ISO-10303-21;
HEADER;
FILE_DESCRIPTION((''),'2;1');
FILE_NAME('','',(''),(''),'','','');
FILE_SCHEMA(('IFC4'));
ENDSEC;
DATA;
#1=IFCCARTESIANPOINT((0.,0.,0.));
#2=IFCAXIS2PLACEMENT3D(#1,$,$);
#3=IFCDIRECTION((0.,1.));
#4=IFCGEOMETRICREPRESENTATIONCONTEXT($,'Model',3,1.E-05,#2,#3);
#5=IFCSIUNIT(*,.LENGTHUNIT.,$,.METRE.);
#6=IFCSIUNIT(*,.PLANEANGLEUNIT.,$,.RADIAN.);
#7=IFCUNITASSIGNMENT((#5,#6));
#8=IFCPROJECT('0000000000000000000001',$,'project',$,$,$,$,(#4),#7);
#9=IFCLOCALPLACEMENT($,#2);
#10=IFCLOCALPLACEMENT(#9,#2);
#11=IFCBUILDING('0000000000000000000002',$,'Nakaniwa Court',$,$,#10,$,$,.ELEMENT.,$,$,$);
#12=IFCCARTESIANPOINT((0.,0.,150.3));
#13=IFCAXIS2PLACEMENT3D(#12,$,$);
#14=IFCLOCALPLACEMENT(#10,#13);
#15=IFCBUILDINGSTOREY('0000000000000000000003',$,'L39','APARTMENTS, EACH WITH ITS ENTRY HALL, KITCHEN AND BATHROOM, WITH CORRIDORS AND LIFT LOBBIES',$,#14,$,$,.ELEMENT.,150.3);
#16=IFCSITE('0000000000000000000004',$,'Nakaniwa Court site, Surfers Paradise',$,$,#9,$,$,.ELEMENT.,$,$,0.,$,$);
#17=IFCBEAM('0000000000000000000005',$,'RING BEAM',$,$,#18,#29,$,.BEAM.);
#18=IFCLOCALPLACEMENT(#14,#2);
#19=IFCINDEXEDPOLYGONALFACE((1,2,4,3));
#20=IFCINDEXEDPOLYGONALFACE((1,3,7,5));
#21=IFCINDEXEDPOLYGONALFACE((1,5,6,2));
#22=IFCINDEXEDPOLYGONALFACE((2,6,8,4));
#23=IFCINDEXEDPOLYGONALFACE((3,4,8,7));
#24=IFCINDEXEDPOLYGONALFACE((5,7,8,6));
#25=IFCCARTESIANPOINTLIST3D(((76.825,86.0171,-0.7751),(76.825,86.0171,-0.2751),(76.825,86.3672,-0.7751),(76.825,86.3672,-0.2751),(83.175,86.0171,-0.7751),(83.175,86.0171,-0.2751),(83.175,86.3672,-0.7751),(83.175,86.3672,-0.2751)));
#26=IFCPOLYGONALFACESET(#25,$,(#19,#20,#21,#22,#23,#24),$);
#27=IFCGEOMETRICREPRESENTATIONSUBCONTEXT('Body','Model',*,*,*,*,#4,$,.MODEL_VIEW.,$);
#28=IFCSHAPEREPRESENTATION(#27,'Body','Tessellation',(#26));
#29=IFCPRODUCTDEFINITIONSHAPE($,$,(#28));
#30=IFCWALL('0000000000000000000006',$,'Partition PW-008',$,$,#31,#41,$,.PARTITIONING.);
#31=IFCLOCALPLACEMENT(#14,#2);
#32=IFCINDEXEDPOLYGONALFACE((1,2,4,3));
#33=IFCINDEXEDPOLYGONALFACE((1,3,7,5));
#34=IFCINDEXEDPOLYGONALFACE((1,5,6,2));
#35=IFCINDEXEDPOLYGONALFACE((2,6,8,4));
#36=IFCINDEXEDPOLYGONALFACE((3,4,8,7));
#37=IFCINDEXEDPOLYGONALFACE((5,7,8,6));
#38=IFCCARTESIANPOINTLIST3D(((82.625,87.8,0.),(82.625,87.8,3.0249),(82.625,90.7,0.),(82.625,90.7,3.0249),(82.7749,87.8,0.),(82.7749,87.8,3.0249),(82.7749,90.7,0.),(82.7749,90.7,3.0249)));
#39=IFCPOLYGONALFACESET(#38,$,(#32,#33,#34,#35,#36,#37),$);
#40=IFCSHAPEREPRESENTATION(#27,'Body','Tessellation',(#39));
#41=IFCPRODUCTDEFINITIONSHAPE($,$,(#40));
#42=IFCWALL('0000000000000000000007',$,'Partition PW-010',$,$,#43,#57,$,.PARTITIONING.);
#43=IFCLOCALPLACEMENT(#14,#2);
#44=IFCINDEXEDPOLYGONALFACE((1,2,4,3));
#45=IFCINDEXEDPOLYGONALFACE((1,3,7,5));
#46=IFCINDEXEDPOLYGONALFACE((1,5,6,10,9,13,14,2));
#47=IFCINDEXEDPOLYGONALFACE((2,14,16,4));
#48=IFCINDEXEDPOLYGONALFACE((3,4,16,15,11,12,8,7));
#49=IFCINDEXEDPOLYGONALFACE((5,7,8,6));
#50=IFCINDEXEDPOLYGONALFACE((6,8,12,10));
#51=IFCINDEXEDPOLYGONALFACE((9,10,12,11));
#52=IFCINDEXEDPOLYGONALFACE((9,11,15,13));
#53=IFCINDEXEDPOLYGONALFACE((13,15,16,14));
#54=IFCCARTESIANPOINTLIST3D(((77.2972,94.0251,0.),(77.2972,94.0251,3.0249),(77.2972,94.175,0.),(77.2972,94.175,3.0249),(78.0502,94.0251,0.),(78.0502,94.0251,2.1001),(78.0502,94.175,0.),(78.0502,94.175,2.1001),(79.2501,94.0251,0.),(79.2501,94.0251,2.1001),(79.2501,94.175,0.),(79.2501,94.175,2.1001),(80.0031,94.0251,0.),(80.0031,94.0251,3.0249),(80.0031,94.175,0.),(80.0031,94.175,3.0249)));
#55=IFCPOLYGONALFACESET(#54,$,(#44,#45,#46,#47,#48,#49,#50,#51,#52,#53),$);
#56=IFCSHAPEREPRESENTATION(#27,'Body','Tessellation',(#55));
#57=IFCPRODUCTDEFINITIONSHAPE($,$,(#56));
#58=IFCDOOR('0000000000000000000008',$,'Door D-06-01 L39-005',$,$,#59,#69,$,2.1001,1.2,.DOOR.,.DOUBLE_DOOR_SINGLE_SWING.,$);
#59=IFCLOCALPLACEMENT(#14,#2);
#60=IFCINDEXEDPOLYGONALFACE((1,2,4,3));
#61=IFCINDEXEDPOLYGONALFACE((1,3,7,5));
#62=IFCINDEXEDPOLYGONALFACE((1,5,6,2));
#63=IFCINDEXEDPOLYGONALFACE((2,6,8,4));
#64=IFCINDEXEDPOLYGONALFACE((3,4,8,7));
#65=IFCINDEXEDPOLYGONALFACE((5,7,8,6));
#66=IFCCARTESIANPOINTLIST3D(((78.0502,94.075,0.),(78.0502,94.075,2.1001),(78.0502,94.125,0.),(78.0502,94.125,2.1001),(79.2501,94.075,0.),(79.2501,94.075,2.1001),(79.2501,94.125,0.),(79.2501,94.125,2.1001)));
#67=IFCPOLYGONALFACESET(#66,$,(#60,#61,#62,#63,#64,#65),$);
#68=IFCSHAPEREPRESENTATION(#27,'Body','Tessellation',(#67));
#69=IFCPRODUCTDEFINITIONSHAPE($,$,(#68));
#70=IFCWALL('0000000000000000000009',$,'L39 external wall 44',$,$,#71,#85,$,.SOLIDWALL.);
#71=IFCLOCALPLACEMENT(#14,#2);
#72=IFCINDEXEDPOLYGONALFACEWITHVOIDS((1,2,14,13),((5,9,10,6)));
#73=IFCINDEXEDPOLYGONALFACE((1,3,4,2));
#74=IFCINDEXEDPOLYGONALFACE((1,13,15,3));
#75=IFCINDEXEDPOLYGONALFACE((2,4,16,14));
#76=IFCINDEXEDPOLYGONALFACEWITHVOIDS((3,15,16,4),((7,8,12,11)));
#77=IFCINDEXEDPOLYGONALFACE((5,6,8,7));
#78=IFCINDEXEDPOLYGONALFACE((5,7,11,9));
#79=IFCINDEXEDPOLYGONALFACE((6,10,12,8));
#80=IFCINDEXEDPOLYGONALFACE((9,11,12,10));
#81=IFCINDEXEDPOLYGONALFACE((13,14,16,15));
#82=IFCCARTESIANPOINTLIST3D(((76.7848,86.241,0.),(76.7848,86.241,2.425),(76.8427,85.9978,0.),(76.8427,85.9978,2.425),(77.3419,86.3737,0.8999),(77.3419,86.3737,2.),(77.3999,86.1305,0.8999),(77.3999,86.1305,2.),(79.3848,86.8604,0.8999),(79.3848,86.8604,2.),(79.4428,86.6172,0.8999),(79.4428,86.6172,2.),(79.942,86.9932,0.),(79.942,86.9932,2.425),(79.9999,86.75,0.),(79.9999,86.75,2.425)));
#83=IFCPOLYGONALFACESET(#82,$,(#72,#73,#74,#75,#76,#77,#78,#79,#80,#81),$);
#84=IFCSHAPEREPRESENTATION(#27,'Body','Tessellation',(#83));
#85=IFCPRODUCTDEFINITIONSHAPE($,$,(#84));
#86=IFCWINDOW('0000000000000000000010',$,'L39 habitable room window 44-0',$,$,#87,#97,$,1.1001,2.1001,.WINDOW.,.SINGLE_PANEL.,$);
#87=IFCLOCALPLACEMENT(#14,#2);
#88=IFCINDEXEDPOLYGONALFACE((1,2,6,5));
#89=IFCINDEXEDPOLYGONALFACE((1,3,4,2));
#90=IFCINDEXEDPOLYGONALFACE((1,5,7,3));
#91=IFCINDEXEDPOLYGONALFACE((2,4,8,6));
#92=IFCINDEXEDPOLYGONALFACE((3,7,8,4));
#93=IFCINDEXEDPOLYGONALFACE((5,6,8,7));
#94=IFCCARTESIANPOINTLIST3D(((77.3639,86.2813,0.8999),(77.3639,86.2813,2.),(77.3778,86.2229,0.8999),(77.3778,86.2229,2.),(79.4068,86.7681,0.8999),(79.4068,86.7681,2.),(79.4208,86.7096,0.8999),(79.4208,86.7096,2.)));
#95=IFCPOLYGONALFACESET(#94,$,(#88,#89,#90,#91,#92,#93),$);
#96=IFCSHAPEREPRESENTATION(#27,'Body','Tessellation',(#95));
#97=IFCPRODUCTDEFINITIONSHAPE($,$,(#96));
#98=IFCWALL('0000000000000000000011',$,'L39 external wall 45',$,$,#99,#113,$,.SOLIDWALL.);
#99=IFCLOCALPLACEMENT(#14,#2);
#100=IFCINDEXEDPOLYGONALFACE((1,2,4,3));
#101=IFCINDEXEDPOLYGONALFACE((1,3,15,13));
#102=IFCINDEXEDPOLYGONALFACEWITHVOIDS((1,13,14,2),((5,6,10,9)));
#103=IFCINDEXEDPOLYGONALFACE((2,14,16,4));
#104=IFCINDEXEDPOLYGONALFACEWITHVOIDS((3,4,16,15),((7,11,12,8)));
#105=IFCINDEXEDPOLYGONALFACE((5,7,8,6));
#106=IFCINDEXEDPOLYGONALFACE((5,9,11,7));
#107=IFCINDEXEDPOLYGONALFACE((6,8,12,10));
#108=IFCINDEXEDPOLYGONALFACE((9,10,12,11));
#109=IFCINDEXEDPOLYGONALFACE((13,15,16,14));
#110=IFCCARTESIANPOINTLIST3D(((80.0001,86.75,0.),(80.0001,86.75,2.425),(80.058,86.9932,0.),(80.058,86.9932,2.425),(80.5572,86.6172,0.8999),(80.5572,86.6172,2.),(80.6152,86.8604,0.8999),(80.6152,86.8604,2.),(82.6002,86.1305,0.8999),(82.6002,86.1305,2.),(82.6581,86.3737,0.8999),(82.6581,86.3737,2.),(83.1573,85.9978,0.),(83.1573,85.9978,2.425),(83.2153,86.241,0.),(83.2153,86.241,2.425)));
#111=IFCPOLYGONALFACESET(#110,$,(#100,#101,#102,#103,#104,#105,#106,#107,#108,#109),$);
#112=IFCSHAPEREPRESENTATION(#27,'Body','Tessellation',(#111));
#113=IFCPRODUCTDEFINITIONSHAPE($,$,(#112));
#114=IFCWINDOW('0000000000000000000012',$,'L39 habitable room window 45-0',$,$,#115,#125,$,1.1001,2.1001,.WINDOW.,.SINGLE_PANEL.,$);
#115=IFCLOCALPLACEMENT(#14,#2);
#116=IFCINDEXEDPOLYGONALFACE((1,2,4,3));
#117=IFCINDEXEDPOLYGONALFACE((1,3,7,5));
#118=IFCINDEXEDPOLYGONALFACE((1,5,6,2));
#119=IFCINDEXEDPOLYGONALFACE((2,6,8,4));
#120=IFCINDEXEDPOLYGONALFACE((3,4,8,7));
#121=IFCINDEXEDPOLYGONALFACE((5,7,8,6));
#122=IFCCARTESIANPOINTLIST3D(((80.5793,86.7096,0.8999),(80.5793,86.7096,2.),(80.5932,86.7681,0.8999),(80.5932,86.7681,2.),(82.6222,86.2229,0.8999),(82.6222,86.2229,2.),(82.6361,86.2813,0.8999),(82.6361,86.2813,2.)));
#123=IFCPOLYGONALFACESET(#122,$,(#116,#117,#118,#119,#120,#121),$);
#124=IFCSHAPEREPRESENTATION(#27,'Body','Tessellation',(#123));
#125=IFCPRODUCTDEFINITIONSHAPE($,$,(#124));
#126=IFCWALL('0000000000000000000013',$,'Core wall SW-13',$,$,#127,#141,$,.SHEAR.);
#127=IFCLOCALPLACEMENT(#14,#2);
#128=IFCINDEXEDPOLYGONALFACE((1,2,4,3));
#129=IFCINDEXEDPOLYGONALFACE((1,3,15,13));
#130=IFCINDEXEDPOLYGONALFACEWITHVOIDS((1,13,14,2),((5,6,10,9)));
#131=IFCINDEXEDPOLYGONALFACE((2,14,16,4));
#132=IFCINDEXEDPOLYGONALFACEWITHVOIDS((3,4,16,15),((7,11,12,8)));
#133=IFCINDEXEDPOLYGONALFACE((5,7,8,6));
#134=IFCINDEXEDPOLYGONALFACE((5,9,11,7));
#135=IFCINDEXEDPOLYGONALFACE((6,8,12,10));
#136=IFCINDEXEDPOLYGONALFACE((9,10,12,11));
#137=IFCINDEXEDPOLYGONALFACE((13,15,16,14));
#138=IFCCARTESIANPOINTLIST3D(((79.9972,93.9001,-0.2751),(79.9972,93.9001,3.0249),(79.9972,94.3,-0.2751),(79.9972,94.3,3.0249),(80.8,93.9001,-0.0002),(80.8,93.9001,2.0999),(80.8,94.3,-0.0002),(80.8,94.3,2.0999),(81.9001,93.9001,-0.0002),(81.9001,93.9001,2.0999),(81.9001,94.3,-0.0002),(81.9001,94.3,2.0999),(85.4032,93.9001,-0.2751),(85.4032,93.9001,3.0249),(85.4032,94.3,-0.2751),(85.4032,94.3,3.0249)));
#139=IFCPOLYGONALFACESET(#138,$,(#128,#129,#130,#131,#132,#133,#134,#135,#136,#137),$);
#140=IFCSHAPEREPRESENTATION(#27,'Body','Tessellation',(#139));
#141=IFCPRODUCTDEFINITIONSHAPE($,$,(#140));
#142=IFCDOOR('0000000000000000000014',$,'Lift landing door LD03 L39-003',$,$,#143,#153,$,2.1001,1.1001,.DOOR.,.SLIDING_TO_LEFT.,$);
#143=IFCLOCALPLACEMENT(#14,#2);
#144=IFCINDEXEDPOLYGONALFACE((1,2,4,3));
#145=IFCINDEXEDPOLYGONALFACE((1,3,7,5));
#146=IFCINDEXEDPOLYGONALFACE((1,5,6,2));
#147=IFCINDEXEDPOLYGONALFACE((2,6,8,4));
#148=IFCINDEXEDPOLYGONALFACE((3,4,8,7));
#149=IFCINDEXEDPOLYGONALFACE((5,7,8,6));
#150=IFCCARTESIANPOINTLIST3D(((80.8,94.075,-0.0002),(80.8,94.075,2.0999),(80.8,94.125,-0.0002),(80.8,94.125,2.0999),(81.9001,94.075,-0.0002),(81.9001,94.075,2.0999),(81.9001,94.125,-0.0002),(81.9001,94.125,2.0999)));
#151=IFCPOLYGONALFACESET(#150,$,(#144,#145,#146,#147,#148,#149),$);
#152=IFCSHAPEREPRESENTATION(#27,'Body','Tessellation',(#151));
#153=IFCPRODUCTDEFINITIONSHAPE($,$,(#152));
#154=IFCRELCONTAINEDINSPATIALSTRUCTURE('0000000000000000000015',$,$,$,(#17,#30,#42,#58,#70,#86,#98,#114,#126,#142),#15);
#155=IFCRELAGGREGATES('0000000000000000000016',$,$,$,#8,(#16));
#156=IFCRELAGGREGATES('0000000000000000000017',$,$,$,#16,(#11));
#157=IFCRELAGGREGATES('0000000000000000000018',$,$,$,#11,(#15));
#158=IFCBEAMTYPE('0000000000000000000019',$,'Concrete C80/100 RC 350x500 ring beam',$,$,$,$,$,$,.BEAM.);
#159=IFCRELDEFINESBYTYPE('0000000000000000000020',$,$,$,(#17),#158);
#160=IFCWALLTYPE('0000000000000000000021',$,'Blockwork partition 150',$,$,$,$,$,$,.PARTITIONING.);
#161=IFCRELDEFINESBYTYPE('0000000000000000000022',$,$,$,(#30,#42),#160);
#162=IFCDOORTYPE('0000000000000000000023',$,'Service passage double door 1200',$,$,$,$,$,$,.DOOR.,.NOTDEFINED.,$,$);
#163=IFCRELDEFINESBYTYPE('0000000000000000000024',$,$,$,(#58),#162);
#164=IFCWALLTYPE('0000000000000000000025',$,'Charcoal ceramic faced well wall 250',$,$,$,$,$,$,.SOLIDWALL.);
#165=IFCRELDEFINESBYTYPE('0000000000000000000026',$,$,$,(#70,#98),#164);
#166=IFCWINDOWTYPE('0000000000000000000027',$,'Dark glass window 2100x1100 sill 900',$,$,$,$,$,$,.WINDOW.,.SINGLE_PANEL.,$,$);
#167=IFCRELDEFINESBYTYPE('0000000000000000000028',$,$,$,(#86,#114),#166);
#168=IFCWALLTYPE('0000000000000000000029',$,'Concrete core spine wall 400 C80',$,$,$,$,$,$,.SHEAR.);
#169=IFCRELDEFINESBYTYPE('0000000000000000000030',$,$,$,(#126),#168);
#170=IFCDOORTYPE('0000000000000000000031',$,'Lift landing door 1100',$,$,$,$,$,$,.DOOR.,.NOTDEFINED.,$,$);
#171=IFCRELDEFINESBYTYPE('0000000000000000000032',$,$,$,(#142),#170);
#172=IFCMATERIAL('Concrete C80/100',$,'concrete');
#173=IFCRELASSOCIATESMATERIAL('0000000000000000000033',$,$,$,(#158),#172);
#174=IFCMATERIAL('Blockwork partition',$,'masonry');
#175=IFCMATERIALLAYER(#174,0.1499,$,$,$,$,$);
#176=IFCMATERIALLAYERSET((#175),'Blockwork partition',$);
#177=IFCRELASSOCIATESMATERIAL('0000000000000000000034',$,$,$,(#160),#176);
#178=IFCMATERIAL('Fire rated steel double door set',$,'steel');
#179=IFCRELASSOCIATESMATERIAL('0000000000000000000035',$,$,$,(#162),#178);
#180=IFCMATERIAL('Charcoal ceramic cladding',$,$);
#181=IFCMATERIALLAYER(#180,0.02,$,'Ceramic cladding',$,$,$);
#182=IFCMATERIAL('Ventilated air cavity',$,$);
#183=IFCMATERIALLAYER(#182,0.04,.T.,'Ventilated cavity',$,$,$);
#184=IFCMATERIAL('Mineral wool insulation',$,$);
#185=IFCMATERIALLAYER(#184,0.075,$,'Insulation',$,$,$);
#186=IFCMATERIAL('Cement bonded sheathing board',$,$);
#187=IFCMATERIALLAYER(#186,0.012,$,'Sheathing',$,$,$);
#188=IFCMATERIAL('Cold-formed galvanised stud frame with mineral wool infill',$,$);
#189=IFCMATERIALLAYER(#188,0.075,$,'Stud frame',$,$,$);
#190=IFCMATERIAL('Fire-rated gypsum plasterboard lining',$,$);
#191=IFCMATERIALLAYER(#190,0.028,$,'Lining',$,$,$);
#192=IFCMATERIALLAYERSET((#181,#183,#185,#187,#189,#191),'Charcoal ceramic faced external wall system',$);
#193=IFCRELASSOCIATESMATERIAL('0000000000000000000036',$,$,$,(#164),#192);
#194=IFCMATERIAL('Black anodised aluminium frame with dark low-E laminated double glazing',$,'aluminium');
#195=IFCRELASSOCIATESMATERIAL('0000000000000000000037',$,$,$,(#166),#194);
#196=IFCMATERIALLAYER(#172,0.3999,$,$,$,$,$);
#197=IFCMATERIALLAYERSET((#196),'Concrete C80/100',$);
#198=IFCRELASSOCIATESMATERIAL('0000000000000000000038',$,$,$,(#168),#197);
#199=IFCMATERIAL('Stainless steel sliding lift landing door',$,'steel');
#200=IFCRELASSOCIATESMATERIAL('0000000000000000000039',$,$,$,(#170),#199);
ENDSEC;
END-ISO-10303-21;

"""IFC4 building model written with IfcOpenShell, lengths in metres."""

from ifc_helpers import new_model, si_unit, direction, frame, frame_2d, origin, origin_2d, place, context, subcontext, project, spatial, rectangle, extrude, material, layer, layer_set, material_profile, profile_set, type_object, element, fill, save


model = new_model("IFC4")

# Units and contexts
model_context = context("Model", 3, precision=1e-05, world=origin(), true_north=direction((0.0, 1.0)))
body_context = subcontext(model_context, "Body", "Model", "MODEL_VIEW")
ifc_project = project(units=[si_unit("LENGTHUNIT", "METRE"), si_unit("PLANEANGLEUNIT", "RADIAN")], contexts=[model_context])

# Site, building, storey
site_placement = place(None, origin())
site = spatial("IfcSite", under=ifc_project, at=site_placement, Name="Nakaniwa Court site, Surfers Paradise", CompositionType="ELEMENT", RefElevation=0.0)
building_placement = place(site_placement, origin())
building = spatial("IfcBuilding", under=site, at=building_placement, Name="Nakaniwa Court", CompositionType="ELEMENT")
storey_placement = place(building_placement, frame((0.0, 0.0, 150.3)))
storey = spatial("IfcBuildingStorey", under=building, at=storey_placement, Name="L39", Description="APARTMENTS, EACH WITH ITS ENTRY HALL, KITCHEN AND BATHROOM, WITH CORRIDORS AND LIFT LOBBIES", CompositionType="ELEMENT", Elevation=150.3)

# Shared definitions
ifc_material_1 = material(Name="Concrete C80/100", Category="concrete")

# Beam
ifc_material_profile_1 = material_profile(ifc_material_1, rectangle(XDim=0.3501, YDim=0.5, at=origin_2d()), Name="Concrete C80/100 RC 350x500 ring beam")
ifc_profile_set_1 = profile_set([ifc_material_profile_1], Name="Concrete C80/100")
beam_type = type_object("IfcBeamType", Name="Concrete C80/100 RC 350x500 ring beam", PredefinedType="BEAM", material=ifc_profile_set_1)
beam_placement = place(storey_placement, frame((83.175, 86.1921, -0.5251), z_axis=(-1.0, 0.0, 0.0), x_axis=(0.0, -1.0, 0.0)))
element("IfcBeam", 1, at=beam_placement, inside=storey, type_object=beam_type, Name="RING BEAM", PredefinedType="BEAM", context=body_context, shape_type="SweptSolid", body=[
    extrude(rectangle(XDim=0.3501, YDim=0.5, at=origin_2d()), origin(), (0.0, 0.0, 1.0), 6.3501),
])

# Wall
ifc_material_2 = material(Name="Blockwork partition", Category="masonry")
ifc_layer_1 = layer(ifc_material_2, 0.1499)
ifc_layer_set_1 = layer_set([ifc_layer_1], Name="Blockwork partition")
wall_type_1 = type_object("IfcWallType", Name="Blockwork partition 150", PredefinedType="PARTITIONING", material=ifc_layer_set_1)
wall_1_placement = place(storey_placement, frame((82.7, 87.8, 0.0), z_axis=(0.0, 0.0, 1.0), x_axis=(0.0, 1.0, 0.0)))
element("IfcWall", 2, at=wall_1_placement, inside=storey, type_object=wall_type_1, Name="Partition PW-008", PredefinedType="PARTITIONING", context=body_context, shape_type="SweptSolid", body=[
    extrude(rectangle(XDim=2.8999, YDim=0.1499, at=frame_2d((1.45, 0.0))), origin(), (0.0, 0.0, 1.0), 3.0249),
])

# Wall, opening, door
wall_2_placement = place(storey_placement, frame((77.2971, 94.1001, 0.0), z_axis=(0.0, 0.0, 1.0), x_axis=(1.0, 0.0, 0.0)))
wall_2 = element("IfcWall", 3, at=wall_2_placement, inside=storey, type_object=wall_type_1, Name="Partition PW-010", PredefinedType="PARTITIONING", context=body_context, shape_type="SweptSolid", body=[
    extrude(rectangle(XDim=2.7058, YDim=0.1499, at=frame_2d((1.353, 0.0))), origin(), (0.0, 0.0, 1.0), 3.0249),
])
opening_1_placement = place(wall_2_placement, frame((0.7529, 0.0, 0.0)))
opening_1 = element("IfcOpeningElement", 4, at=opening_1_placement, cuts=wall_2, PredefinedType="OPENING", context=body_context, shape_type="SweptSolid", body=[
    extrude(rectangle(XDim=1.2, YDim=2.1001, at=frame_2d((0.6001, 1.05))), frame((0.0, 0.085, 0.0), z_axis=(0.0, -1.0, 0.0), x_axis=(1.0, 0.0, 0.0)), (0.0, 0.0, 1.0), 0.1699),
])
ifc_material_3 = material(Name="Fire rated steel double door set", Category="steel")
door_type_1 = type_object("IfcDoorType", Name="Service passage double door 1200", OperationType="NOTDEFINED", PredefinedType="DOOR", material=ifc_material_3)
door_1_placement = place(opening_1_placement, origin())
door_1 = element("IfcDoor", 5, at=door_1_placement, inside=storey, type_object=door_type_1, Name="Door D-06-01 L39-005", OperationType="DOUBLE_DOOR_SINGLE_SWING", OverallHeight=2.1001, OverallWidth=1.2, PredefinedType="DOOR", context=body_context, shape_type="SweptSolid", body=[
    extrude(rectangle(XDim=1.2, YDim=2.1001, at=frame_2d((0.6001, 1.05))), frame((0.0, 0.0249, 0.0), z_axis=(0.0, -1.0, 0.0), x_axis=(1.0, 0.0, 0.0)), (0.0, 0.0, 1.0), 0.05),
])
fill(opening_1, door_1)

# Walls, openings, windows
ifc_material_4 = material(Name="Charcoal ceramic cladding")
ifc_layer_2 = layer(ifc_material_4, 0.02, Name="Ceramic cladding")
ifc_material_5 = material(Name="Ventilated air cavity")
ifc_layer_3 = layer(ifc_material_5, 0.04, ventilated=True, Name="Ventilated cavity")
ifc_material_6 = material(Name="Mineral wool insulation")
ifc_layer_4 = layer(ifc_material_6, 0.075, Name="Insulation")
ifc_material_7 = material(Name="Cement bonded sheathing board")
ifc_layer_5 = layer(ifc_material_7, 0.012, Name="Sheathing")
ifc_material_8 = material(Name="Cold-formed galvanised stud frame with mineral wool infill")
ifc_layer_6 = layer(ifc_material_8, 0.075, Name="Stud frame")
ifc_material_9 = material(Name="Fire-rated gypsum plasterboard lining")
ifc_layer_7 = layer(ifc_material_9, 0.028, Name="Lining")
ifc_layer_set_2 = layer_set([ifc_layer_2, ifc_layer_3, ifc_layer_4, ifc_layer_5, ifc_layer_6, ifc_layer_7], Name="Charcoal ceramic faced external wall system")
wall_type_2 = type_object("IfcWallType", Name="Charcoal ceramic faced well wall 250", PredefinedType="SOLIDWALL", material=ifc_layer_set_2)
wall_3_placement = place(storey_placement, frame((76.8137, 86.1194, 0.0), z_axis=(0.0, 0.0, 1.0), x_axis=(0.972773, 0.23176, 0.0)))
wall_3 = element("IfcWall", 6, at=wall_3_placement, inside=storey, type_object=wall_type_2, Name="L39 external wall 44", PredefinedType="SOLIDWALL", context=body_context, shape_type="SweptSolid", body=[
    extrude(rectangle(XDim=3.2456, YDim=0.25, at=frame_2d((1.6228, 0.0))), origin(), (0.0, 0.0, 1.0), 2.425),
])
opening_2_placement = place(wall_3_placement, frame((0.5728, 0.0, 0.8999)))
opening_2 = element("IfcOpeningElement", 7, at=opening_2_placement, cuts=wall_3, PredefinedType="OPENING", context=body_context, shape_type="SweptSolid", body=[
    extrude(rectangle(XDim=2.1001, YDim=1.1001, at=frame_2d((1.05, 0.55))), frame((0.0, 0.135, 0.0), z_axis=(0.0, -1.0, 0.0), x_axis=(1.0, 0.0, 0.0)), (0.0, 0.0, 1.0), 0.27),
])
ifc_material_10 = material(Name="Black anodised aluminium frame with dark low-E laminated double glazing", Category="aluminium")
window_type = type_object("IfcWindowType", Name="Dark glass window 2100x1100 sill 900", PartitioningType="SINGLE_PANEL", PredefinedType="WINDOW", material=ifc_material_10)
window_1_placement = place(opening_2_placement, origin())
window_1 = element("IfcWindow", 8, at=window_1_placement, inside=storey, type_object=window_type, Name="L39 habitable room window 44-0", OverallHeight=1.1001, OverallWidth=2.1001, PartitioningType="SINGLE_PANEL", PredefinedType="WINDOW", context=body_context, shape_type="SweptSolid", body=[
    extrude(rectangle(XDim=2.1001, YDim=1.1001, at=frame_2d((1.05, 0.55))), frame((0.0, 0.03, 0.0), z_axis=(0.0, -1.0, 0.0), x_axis=(1.0, 0.0, 0.0)), (0.0, 0.0, 1.0), 0.0601),
])
fill(opening_2, window_1)
wall_4_placement = place(storey_placement, frame((80.0291, 86.8716, 0.0), z_axis=(0.0, 0.0, 1.0), x_axis=(0.972773, -0.23176, 0.0)))
wall_4 = element("IfcWall", 9, at=wall_4_placement, inside=storey, type_object=wall_type_2, Name="L39 external wall 45", PredefinedType="SOLIDWALL", context=body_context, shape_type="SweptSolid", body=[
    extrude(rectangle(XDim=3.2456, YDim=0.25, at=frame_2d((1.6228, 0.0))), origin(), (0.0, 0.0, 1.0), 2.425),
])
opening_3_placement = place(wall_4_placement, frame((0.5728, 0.0, 0.8999)))
opening_3 = element("IfcOpeningElement", 10, at=opening_3_placement, cuts=wall_4, PredefinedType="OPENING", context=body_context, shape_type="SweptSolid", body=[
    extrude(rectangle(XDim=2.1001, YDim=1.1001, at=frame_2d((1.05, 0.55))), frame((0.0, 0.135, 0.0), z_axis=(0.0, -1.0, 0.0), x_axis=(1.0, 0.0, 0.0)), (0.0, 0.0, 1.0), 0.27),
])
window_2_placement = place(opening_3_placement, origin())
window_2 = element("IfcWindow", 11, at=window_2_placement, inside=storey, type_object=window_type, Name="L39 habitable room window 45-0", OverallHeight=1.1001, OverallWidth=2.1001, PartitioningType="SINGLE_PANEL", PredefinedType="WINDOW", context=body_context, shape_type="SweptSolid", body=[
    extrude(rectangle(XDim=2.1001, YDim=1.1001, at=frame_2d((1.05, 0.55))), frame((0.0, 0.03, 0.0), z_axis=(0.0, -1.0, 0.0), x_axis=(1.0, 0.0, 0.0)), (0.0, 0.0, 1.0), 0.0601),
])
fill(opening_3, window_2)

# Wall, opening, door
ifc_layer_8 = layer(ifc_material_1, 0.3999)
ifc_layer_set_3 = layer_set([ifc_layer_8], Name="Concrete C80/100")
wall_type_3 = type_object("IfcWallType", Name="Concrete core spine wall 400 C80", PredefinedType="SHEAR", material=ifc_layer_set_3)
wall_5_placement = place(storey_placement, frame((79.9971, 94.1001, -0.2751), z_axis=(0.0, 0.0, 1.0), x_axis=(1.0, 0.0, 0.0)))
wall_5 = element("IfcWall", 12, at=wall_5_placement, inside=storey, type_object=wall_type_3, Name="Core wall SW-13", PredefinedType="SHEAR", context=body_context, shape_type="SweptSolid", body=[
    extrude(rectangle(XDim=5.406, YDim=0.3999, at=frame_2d((2.7031, 0.0))), origin(), (0.0, 0.0, 1.0), 3.3),
])
opening_4_placement = place(wall_5_placement, frame((0.803, 0.0, 0.2749)))
opening_4 = element("IfcOpeningElement", 13, at=opening_4_placement, cuts=wall_5, PredefinedType="OPENING", context=body_context, shape_type="SweptSolid", body=[
    extrude(rectangle(XDim=1.1001, YDim=2.1001, at=frame_2d((0.55, 1.05))), frame((0.0, 0.21, 0.0), z_axis=(0.0, -1.0, 0.0), x_axis=(1.0, 0.0, 0.0)), (0.0, 0.0, 1.0), 0.4199),
])
ifc_material_11 = material(Name="Stainless steel sliding lift landing door", Category="steel")
door_type_2 = type_object("IfcDoorType", Name="Lift landing door 1100", OperationType="NOTDEFINED", PredefinedType="DOOR", material=ifc_material_11)
door_2_placement = place(opening_4_placement, origin())
door_2 = element("IfcDoor", 14, at=door_2_placement, inside=storey, type_object=door_type_2, Name="Lift landing door LD03 L39-003", OperationType="SLIDING_TO_LEFT", OverallHeight=2.1001, OverallWidth=1.1001, PredefinedType="DOOR", context=body_context, shape_type="SweptSolid", body=[
    extrude(rectangle(XDim=1.1001, YDim=2.1001, at=frame_2d((0.55, 1.05))), frame((0.0, 0.0249, 0.0), z_axis=(0.0, -1.0, 0.0), x_axis=(1.0, 0.0, 0.0)), (0.0, 0.0, 1.0), 0.05),
])
fill(opening_4, door_2)

save(model, "model.ifc")
